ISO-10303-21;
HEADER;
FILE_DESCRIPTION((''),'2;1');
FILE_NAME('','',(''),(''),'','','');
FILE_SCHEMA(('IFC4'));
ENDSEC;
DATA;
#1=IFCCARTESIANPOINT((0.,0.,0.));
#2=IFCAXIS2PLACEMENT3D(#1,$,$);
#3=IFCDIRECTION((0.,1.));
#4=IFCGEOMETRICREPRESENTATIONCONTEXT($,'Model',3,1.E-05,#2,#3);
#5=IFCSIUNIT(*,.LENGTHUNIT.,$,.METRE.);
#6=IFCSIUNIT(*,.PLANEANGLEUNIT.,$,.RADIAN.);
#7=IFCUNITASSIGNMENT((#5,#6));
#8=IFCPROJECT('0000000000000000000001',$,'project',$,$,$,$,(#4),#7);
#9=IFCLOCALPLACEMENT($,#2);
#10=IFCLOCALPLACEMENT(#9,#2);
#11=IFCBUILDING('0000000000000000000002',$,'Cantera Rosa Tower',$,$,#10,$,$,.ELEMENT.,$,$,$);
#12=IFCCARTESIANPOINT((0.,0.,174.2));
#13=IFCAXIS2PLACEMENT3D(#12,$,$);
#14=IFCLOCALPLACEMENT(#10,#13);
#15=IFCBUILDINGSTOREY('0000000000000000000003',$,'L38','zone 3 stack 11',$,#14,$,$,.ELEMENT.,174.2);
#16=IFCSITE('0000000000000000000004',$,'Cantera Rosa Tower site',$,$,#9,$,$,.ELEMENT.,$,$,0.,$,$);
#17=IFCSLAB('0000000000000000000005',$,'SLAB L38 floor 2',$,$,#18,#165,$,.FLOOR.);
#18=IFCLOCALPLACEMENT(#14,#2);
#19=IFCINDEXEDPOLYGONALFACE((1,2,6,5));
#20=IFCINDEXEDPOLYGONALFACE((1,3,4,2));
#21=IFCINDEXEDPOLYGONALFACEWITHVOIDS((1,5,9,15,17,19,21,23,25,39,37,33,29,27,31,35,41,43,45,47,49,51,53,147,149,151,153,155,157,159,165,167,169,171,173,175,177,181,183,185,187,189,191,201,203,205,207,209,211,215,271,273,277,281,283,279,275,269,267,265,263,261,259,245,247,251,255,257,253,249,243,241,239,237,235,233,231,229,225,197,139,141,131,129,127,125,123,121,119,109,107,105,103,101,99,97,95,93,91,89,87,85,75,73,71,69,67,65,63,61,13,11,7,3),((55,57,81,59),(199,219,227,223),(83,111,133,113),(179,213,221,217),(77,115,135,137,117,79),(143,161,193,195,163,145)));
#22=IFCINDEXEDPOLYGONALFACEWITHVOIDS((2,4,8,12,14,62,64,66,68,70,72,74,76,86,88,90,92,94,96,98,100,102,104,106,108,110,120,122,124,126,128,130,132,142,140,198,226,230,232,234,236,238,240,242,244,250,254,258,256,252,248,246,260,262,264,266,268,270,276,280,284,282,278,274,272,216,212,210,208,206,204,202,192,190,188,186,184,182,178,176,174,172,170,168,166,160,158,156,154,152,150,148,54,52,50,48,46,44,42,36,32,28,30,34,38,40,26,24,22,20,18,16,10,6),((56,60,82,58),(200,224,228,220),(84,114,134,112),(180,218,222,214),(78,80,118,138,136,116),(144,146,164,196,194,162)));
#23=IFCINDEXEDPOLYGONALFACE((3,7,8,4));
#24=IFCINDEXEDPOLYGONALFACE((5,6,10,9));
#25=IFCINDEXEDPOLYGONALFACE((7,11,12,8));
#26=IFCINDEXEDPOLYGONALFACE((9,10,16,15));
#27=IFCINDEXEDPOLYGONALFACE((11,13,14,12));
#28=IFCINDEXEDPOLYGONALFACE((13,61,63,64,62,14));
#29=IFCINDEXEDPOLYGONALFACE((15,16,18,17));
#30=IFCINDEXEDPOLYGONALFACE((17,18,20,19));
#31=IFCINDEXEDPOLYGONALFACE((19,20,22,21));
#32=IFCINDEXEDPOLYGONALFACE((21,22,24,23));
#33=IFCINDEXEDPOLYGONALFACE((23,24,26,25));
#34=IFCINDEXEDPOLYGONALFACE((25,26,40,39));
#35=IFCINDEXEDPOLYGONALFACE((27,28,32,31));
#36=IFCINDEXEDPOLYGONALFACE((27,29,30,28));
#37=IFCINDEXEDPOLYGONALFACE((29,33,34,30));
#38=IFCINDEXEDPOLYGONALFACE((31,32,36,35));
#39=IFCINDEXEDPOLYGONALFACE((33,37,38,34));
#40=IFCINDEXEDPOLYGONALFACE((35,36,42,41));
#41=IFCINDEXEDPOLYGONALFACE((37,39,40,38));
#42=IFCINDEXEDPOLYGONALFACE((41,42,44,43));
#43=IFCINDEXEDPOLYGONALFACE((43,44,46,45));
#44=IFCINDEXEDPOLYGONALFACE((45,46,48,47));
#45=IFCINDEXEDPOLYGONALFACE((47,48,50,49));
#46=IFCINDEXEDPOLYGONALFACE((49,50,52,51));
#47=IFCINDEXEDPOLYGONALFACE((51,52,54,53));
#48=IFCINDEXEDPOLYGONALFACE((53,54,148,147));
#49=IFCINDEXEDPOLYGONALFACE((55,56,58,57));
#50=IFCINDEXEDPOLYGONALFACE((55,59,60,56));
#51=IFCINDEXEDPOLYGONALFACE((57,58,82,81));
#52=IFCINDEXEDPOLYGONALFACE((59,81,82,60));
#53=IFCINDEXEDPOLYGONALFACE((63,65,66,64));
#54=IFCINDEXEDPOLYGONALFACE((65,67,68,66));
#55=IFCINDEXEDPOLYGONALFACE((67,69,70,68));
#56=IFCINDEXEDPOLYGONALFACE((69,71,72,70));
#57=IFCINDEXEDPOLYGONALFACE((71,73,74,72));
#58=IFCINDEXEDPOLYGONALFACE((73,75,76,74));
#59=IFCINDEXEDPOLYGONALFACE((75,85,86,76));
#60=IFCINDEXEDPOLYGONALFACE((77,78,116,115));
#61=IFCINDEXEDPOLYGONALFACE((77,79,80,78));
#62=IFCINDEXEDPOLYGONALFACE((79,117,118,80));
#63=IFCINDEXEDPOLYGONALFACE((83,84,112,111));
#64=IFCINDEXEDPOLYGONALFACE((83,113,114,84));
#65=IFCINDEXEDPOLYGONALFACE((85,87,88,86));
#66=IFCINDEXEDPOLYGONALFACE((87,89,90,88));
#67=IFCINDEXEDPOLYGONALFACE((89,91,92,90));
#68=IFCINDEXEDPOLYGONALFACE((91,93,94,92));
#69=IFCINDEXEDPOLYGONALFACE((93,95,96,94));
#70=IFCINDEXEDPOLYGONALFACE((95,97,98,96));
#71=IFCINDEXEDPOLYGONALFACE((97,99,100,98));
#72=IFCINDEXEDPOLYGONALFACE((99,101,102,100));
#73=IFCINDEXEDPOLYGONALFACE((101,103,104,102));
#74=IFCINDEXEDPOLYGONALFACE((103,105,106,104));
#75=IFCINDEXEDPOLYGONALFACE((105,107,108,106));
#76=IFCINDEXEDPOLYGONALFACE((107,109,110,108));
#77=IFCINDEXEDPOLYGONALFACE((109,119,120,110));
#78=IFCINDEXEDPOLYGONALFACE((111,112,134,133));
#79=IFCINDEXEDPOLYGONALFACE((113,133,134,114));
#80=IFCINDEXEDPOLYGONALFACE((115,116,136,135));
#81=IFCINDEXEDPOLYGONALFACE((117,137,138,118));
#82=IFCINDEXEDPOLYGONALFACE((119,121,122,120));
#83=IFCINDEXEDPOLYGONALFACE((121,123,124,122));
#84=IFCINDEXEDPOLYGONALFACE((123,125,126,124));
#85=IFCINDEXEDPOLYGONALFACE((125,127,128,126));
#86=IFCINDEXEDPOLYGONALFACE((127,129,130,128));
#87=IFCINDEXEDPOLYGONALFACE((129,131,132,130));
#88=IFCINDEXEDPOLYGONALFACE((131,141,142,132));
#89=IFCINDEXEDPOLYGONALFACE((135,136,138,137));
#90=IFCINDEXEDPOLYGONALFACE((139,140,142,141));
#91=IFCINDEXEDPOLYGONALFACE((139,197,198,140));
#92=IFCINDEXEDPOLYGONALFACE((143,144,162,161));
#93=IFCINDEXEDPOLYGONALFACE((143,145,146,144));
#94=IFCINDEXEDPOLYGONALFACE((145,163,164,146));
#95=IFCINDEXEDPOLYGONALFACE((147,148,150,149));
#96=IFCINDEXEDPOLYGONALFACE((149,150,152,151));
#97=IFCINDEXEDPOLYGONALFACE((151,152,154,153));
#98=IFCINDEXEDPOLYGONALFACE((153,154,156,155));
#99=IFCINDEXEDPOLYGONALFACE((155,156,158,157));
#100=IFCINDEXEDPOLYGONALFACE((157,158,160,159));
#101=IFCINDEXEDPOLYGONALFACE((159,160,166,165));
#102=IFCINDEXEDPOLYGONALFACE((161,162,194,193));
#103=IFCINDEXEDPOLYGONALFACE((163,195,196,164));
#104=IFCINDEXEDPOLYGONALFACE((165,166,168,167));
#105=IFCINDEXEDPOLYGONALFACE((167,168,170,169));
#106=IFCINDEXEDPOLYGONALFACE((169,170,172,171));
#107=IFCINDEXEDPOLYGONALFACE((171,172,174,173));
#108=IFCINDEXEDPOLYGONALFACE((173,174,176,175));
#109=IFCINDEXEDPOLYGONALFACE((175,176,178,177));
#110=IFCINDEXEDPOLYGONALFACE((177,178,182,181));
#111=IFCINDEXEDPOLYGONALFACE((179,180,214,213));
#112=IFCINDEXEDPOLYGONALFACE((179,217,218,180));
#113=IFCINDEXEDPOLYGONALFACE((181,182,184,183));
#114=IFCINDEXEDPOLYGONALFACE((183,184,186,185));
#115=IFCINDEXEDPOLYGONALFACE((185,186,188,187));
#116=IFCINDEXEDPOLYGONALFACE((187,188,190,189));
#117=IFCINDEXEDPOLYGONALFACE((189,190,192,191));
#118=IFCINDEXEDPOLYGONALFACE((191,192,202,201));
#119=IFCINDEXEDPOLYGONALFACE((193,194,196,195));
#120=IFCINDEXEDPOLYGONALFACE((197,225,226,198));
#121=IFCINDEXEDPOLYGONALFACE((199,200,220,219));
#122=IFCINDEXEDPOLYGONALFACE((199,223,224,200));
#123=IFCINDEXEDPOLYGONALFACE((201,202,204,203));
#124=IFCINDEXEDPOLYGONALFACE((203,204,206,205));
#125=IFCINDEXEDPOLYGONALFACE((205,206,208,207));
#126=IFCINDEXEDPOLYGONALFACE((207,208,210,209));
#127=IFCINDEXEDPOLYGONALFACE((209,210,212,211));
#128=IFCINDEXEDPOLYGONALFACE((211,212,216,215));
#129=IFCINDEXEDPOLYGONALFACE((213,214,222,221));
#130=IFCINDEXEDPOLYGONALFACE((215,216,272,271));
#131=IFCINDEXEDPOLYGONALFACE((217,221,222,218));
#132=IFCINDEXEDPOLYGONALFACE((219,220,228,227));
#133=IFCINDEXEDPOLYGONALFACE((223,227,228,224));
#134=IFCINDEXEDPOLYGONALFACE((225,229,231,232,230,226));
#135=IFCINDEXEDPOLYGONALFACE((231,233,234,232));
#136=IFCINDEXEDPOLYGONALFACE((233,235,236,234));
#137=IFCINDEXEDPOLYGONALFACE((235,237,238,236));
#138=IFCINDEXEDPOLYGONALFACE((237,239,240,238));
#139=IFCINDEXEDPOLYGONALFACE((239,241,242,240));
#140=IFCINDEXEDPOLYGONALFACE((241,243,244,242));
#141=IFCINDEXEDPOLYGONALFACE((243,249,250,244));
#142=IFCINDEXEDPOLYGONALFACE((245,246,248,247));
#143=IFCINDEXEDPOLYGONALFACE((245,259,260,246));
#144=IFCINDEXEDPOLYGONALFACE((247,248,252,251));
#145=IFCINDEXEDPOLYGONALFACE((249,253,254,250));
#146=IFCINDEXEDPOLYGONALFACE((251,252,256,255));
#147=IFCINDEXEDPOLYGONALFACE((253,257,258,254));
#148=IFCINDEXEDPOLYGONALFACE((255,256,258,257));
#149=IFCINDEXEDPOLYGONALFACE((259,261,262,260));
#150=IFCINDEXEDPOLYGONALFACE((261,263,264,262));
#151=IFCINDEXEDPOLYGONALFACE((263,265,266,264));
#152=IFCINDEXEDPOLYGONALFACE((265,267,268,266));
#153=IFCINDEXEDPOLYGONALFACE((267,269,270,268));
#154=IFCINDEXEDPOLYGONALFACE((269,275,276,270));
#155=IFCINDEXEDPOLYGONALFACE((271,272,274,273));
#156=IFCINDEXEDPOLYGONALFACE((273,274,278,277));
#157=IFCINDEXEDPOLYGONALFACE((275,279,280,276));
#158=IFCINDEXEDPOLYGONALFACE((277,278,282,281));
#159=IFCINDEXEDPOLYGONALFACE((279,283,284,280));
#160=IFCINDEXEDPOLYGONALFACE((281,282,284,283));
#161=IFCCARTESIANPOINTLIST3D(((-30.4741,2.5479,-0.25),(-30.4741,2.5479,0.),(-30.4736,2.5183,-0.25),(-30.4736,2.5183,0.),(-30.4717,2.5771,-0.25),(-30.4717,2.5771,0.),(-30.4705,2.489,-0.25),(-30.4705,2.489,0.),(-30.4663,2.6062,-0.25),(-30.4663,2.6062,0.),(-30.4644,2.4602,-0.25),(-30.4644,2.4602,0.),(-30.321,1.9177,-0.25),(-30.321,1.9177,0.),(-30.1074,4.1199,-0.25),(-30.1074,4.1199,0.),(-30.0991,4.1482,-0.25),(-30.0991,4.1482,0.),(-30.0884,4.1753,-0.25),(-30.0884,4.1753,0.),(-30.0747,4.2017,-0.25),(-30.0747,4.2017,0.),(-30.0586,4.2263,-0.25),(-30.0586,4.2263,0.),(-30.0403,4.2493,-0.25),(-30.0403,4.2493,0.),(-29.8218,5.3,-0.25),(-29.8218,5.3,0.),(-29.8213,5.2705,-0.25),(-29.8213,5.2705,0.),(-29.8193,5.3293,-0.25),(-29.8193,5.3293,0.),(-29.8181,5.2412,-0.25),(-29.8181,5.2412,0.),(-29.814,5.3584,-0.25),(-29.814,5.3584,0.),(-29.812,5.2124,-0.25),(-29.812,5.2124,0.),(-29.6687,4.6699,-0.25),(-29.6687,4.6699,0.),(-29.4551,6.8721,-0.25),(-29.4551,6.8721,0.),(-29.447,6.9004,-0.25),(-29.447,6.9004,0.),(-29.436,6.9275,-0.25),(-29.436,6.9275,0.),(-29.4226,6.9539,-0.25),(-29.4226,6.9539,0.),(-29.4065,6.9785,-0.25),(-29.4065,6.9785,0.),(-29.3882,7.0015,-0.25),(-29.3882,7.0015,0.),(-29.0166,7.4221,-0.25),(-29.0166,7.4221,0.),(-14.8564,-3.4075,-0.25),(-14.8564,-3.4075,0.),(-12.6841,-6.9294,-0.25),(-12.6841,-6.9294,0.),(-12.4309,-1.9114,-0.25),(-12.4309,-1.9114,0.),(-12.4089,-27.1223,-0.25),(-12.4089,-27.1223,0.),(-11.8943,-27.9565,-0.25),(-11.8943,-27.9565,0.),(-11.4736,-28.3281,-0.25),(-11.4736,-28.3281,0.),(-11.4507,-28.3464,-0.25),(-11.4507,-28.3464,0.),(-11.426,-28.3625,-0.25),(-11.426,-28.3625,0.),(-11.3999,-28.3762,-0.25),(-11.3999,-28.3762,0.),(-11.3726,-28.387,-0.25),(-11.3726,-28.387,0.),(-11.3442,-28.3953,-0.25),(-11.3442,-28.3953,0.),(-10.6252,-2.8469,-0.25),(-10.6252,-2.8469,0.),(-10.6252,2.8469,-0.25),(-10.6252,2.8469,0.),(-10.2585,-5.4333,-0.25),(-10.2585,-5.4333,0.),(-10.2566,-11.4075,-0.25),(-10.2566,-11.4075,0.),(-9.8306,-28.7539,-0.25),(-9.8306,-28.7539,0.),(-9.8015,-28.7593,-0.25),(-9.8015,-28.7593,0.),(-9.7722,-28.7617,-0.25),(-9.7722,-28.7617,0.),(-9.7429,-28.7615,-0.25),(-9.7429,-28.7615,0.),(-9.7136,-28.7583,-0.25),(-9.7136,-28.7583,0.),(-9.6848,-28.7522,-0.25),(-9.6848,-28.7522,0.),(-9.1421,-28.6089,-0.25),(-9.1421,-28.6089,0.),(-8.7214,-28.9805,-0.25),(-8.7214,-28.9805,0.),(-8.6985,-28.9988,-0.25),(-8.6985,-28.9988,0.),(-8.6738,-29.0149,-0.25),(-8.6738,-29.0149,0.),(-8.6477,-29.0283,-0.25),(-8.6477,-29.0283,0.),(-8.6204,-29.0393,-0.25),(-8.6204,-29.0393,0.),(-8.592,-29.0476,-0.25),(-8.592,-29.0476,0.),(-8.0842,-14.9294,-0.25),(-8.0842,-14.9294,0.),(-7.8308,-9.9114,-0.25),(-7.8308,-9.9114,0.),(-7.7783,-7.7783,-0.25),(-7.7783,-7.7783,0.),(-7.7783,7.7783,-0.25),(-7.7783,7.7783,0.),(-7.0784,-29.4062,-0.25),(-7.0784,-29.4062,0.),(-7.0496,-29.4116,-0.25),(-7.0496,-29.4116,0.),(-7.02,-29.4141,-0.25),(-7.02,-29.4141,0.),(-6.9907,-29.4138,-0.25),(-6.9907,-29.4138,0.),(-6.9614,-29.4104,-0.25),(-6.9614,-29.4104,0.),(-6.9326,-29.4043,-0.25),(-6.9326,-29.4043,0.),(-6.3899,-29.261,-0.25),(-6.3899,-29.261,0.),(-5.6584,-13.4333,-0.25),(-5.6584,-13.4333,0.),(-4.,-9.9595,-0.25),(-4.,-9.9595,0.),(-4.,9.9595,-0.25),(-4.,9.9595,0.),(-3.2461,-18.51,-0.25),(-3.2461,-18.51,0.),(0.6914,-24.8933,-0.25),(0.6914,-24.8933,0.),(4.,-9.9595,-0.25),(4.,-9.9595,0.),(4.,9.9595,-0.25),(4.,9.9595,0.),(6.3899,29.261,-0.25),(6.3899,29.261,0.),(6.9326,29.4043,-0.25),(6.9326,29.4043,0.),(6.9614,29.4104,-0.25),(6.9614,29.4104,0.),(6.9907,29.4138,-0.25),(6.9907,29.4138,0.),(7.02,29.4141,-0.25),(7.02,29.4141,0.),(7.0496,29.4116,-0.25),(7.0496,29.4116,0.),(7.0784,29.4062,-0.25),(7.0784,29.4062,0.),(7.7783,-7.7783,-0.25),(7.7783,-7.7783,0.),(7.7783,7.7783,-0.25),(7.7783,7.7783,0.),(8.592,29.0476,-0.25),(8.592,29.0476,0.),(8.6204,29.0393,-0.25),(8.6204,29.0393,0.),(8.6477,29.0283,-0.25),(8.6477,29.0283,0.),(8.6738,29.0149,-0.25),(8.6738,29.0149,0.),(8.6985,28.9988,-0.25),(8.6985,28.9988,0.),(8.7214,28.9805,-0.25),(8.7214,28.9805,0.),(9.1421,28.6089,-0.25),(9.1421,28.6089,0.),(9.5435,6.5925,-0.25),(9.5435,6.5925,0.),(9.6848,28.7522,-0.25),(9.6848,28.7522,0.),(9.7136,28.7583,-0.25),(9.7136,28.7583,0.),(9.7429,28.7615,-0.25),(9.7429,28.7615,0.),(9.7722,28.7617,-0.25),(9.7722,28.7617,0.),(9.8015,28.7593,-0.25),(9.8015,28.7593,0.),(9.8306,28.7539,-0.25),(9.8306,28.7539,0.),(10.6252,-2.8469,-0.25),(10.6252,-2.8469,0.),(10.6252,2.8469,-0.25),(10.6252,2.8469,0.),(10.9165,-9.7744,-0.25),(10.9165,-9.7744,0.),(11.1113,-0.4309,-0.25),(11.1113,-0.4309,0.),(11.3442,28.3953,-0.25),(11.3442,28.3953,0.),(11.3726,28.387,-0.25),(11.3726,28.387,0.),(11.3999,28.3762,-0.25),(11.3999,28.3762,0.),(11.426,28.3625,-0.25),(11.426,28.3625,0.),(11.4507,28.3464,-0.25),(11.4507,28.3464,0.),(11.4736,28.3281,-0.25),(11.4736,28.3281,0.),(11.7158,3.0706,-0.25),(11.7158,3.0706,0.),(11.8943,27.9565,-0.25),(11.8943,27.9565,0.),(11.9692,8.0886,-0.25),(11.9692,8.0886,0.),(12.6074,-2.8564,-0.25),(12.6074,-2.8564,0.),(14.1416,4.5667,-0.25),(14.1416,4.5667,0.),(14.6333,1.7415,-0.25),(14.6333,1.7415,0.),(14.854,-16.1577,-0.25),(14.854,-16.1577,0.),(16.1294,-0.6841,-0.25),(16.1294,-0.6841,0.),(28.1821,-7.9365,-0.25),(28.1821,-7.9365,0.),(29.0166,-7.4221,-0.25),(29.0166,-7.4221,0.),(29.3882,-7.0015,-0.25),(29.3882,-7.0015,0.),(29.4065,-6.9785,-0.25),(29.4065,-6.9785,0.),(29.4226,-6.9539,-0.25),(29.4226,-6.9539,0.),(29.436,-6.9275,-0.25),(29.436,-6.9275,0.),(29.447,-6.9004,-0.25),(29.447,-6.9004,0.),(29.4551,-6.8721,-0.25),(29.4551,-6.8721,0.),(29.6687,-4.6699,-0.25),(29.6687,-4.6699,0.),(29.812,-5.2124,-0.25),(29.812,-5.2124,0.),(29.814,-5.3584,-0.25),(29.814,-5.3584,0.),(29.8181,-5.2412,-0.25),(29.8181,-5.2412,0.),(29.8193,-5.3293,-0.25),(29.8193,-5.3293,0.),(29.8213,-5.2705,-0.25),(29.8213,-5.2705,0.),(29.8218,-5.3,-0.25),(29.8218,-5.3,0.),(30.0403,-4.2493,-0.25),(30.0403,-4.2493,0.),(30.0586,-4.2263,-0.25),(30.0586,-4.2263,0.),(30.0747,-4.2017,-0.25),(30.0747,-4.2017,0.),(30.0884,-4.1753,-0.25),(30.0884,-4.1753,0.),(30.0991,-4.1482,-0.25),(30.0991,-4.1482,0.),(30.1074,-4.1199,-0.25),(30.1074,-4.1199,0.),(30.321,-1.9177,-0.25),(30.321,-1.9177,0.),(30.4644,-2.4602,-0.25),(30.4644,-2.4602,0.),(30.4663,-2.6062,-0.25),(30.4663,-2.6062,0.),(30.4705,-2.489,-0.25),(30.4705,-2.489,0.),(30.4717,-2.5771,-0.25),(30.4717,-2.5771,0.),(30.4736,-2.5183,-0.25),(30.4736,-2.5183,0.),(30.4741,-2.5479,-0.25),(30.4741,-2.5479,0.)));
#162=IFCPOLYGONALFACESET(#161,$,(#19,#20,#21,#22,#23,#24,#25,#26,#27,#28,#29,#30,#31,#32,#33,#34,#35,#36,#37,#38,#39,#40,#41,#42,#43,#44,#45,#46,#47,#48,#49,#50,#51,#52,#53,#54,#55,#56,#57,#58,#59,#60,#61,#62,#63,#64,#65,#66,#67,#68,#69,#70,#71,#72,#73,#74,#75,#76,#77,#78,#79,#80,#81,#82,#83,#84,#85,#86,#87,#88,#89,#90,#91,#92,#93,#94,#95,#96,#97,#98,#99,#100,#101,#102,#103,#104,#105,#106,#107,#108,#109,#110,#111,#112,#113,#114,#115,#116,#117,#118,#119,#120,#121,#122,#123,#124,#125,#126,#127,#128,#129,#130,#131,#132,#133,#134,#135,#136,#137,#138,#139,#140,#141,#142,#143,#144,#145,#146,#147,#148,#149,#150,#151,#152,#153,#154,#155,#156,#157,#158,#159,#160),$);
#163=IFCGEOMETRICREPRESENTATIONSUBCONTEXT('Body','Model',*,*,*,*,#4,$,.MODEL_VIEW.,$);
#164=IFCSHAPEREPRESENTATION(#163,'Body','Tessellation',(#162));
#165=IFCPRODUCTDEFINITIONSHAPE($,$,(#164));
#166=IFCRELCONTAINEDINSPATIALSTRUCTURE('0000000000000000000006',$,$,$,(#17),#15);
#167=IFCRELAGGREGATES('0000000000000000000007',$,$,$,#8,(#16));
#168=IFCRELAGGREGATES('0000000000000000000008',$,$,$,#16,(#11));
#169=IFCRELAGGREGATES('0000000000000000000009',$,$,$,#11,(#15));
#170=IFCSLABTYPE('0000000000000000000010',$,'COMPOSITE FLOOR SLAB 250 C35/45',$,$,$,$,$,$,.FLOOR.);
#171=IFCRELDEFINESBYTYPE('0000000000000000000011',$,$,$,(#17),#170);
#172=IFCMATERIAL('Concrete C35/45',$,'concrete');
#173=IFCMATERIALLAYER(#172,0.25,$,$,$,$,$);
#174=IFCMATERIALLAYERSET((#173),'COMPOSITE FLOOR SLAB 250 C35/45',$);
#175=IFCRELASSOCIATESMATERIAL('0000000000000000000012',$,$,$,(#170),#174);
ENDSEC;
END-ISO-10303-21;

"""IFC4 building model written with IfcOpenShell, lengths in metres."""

from ifc_helpers import new_model, si_unit, direction, frame, origin, place, context, subcontext, project, spatial, polyline, outline, extrude, material, layer, layer_set, type_object, element, save


model = new_model("IFC4")

# Units and contexts
model_context = context("Model", 3, precision=1e-05, world=origin(), true_north=direction((0.0, 1.0)))
body_context = subcontext(model_context, "Body", "Model", "MODEL_VIEW")
ifc_project = project(units=[si_unit("LENGTHUNIT", "METRE"), si_unit("PLANEANGLEUNIT", "RADIAN")], contexts=[model_context])

# Site, building, storey
site_placement = place(None, origin())
site = spatial("IfcSite", under=ifc_project, at=site_placement, Name="Cantera Rosa Tower site", CompositionType="ELEMENT", RefElevation=0.0)
building_placement = place(site_placement, origin())
building = spatial("IfcBuilding", under=site, at=building_placement, Name="Cantera Rosa Tower", CompositionType="ELEMENT")
storey_placement = place(building_placement, frame((0.0, 0.0, 174.2)))
storey = spatial("IfcBuildingStorey", under=building, at=storey_placement, Name="L38", Description="zone 3 stack 11", CompositionType="ELEMENT", Elevation=174.2)

# Slab
ifc_material_1 = material(Name="Concrete C35/45", Category="concrete")
ifc_layer_1 = layer(ifc_material_1, 0.25)
ifc_layer_set_1 = layer_set([ifc_layer_1], Name="COMPOSITE FLOOR SLAB 250 C35/45")
slab_type_1 = type_object("IfcSlabType", Name="COMPOSITE FLOOR SLAB 250 C35/45", PredefinedType="FLOOR", material=ifc_layer_set_1)
slab_1_placement = place(storey_placement, frame((0.0, 0.0, -0.25)))
element("IfcSlab", 1, at=slab_1_placement, inside=storey, type_object=slab_type_1, Name="SLAB L38 floor 2", PredefinedType="FLOOR", context=body_context, shape_type="SweptSolid", body=[
    extrude(outline(polyline([(-8.6477, -29.0283), (-8.6738, -29.0149), (-8.6985, -28.9988), (-8.7214, -28.9805), (-9.1421, -28.6089), (-9.6848, -28.7522), (-9.7136, -28.7583), (-9.7429, -28.7615), (-9.7722, -28.7617), (-9.8015, -28.7593), (-9.8306, -28.7539), (-11.3442, -28.3953), (-11.3726, -28.387), (-11.3999, -28.3762), (-11.426, -28.3625), (-11.4507, -28.3464), (-11.4736, -28.3281), (-11.8943, -27.9565), (-12.4089, -27.1223), (-30.321, 1.9177), (-30.4644, 2.4602), (-30.4705, 2.489), (-30.4736, 2.5183), (-30.4741, 2.5479), (-30.4717, 2.5771), (-30.4663, 2.6062), (-30.1074, 4.1199), (-30.0991, 4.1482), (-30.0884, 4.1753), (-30.0747, 4.2017), (-30.0586, 4.2263), (-30.0403, 4.2493), (-29.6687, 4.6699), (-29.812, 5.2124), (-29.8181, 5.2412), (-29.8213, 5.2705), (-29.8218, 5.3), (-29.8193, 5.3293), (-29.814, 5.3584), (-29.4551, 6.8721), (-29.447, 6.9004), (-29.436, 6.9275), (-29.4226, 6.9539), (-29.4065, 6.9785), (-29.3882, 7.0015), (-29.0166, 7.4221), (6.3899, 29.261), (6.9326, 29.4043), (6.9614, 29.4104), (6.9907, 29.4138), (7.02, 29.4141), (7.0496, 29.4116), (7.0784, 29.4062), (8.592, 29.0476), (8.6204, 29.0393), (8.6477, 29.0283), (8.6738, 29.0149), (8.6985, 28.9988), (8.7214, 28.9805), (9.1421, 28.6089), (9.6848, 28.7522), (9.7136, 28.7583), (9.7429, 28.7615), (9.7722, 28.7617), (9.8015, 28.7593), (9.8306, 28.7539), (11.3442, 28.3953), (11.3726, 28.387), (11.3999, 28.3762), (11.426, 28.3625), (11.4507, 28.3464), (11.4736, 28.3281), (11.8943, 27.9565), (30.321, -1.9177), (30.4644, -2.4602), (30.4705, -2.489), (30.4736, -2.5183), (30.4741, -2.5479), (30.4717, -2.5771), (30.4663, -2.6062), (30.1074, -4.1199), (30.0991, -4.1482), (30.0884, -4.1753), (30.0747, -4.2017), (30.0586, -4.2263), (30.0403, -4.2493), (29.6687, -4.6699), (29.812, -5.2124), (29.8181, -5.2412), (29.8213, -5.2705), (29.8218, -5.3), (29.8193, -5.3293), (29.814, -5.3584), (29.4551, -6.8721), (29.447, -6.9004), (29.436, -6.9275), (29.4226, -6.9539), (29.4065, -6.9785), (29.3882, -7.0015), (29.0166, -7.4221), (28.1821, -7.9365), (14.854, -16.1577), (10.9165, -9.7744), (-3.2461, -18.51), (0.6914, -24.8933), (-6.3899, -29.261), (-6.9326, -29.4043), (-6.9614, -29.4104), (-6.9907, -29.4138), (-7.02, -29.4141), (-7.0496, -29.4116), (-7.0784, -29.4062), (-8.592, -29.0476), (-8.6204, -29.0393), (-8.6477, -29.0283)]), holes=[polyline([(-5.6584, -13.4333), (-7.8308, -9.9114), (-10.2566, -11.4075), (-8.0842, -14.9294), (-5.6584, -13.4333)]), polyline([(-10.2585, -5.4333), (-12.4309, -1.9114), (-14.8564, -3.4075), (-12.6841, -6.9294), (-10.2585, -5.4333)]), polyline([(-7.7783, 7.7783), (-10.6252, 2.8469), (-10.6252, -2.8469), (-7.7783, -7.7783), (-4.0, -9.9595), (-4.0, 9.9595), (-7.7783, 7.7783)]), polyline([(14.6333, 1.7415), (11.1113, -0.4309), (12.6074, -2.8564), (16.1294, -0.6841), (14.6333, 1.7415)]), polyline([(7.7783, -7.7783), (10.6252, -2.8469), (10.6252, 2.8469), (7.7783, 7.7783), (4.0, 9.9595), (4.0, -9.9595), (7.7783, -7.7783)]), polyline([(11.7158, 3.0706), (14.1416, 4.5667), (11.9692, 8.0886), (9.5435, 6.5925), (11.7158, 3.0706)])]), origin(), (0.0, 0.0, 1.0), 0.25),
])

save(model, "model.ifc")
